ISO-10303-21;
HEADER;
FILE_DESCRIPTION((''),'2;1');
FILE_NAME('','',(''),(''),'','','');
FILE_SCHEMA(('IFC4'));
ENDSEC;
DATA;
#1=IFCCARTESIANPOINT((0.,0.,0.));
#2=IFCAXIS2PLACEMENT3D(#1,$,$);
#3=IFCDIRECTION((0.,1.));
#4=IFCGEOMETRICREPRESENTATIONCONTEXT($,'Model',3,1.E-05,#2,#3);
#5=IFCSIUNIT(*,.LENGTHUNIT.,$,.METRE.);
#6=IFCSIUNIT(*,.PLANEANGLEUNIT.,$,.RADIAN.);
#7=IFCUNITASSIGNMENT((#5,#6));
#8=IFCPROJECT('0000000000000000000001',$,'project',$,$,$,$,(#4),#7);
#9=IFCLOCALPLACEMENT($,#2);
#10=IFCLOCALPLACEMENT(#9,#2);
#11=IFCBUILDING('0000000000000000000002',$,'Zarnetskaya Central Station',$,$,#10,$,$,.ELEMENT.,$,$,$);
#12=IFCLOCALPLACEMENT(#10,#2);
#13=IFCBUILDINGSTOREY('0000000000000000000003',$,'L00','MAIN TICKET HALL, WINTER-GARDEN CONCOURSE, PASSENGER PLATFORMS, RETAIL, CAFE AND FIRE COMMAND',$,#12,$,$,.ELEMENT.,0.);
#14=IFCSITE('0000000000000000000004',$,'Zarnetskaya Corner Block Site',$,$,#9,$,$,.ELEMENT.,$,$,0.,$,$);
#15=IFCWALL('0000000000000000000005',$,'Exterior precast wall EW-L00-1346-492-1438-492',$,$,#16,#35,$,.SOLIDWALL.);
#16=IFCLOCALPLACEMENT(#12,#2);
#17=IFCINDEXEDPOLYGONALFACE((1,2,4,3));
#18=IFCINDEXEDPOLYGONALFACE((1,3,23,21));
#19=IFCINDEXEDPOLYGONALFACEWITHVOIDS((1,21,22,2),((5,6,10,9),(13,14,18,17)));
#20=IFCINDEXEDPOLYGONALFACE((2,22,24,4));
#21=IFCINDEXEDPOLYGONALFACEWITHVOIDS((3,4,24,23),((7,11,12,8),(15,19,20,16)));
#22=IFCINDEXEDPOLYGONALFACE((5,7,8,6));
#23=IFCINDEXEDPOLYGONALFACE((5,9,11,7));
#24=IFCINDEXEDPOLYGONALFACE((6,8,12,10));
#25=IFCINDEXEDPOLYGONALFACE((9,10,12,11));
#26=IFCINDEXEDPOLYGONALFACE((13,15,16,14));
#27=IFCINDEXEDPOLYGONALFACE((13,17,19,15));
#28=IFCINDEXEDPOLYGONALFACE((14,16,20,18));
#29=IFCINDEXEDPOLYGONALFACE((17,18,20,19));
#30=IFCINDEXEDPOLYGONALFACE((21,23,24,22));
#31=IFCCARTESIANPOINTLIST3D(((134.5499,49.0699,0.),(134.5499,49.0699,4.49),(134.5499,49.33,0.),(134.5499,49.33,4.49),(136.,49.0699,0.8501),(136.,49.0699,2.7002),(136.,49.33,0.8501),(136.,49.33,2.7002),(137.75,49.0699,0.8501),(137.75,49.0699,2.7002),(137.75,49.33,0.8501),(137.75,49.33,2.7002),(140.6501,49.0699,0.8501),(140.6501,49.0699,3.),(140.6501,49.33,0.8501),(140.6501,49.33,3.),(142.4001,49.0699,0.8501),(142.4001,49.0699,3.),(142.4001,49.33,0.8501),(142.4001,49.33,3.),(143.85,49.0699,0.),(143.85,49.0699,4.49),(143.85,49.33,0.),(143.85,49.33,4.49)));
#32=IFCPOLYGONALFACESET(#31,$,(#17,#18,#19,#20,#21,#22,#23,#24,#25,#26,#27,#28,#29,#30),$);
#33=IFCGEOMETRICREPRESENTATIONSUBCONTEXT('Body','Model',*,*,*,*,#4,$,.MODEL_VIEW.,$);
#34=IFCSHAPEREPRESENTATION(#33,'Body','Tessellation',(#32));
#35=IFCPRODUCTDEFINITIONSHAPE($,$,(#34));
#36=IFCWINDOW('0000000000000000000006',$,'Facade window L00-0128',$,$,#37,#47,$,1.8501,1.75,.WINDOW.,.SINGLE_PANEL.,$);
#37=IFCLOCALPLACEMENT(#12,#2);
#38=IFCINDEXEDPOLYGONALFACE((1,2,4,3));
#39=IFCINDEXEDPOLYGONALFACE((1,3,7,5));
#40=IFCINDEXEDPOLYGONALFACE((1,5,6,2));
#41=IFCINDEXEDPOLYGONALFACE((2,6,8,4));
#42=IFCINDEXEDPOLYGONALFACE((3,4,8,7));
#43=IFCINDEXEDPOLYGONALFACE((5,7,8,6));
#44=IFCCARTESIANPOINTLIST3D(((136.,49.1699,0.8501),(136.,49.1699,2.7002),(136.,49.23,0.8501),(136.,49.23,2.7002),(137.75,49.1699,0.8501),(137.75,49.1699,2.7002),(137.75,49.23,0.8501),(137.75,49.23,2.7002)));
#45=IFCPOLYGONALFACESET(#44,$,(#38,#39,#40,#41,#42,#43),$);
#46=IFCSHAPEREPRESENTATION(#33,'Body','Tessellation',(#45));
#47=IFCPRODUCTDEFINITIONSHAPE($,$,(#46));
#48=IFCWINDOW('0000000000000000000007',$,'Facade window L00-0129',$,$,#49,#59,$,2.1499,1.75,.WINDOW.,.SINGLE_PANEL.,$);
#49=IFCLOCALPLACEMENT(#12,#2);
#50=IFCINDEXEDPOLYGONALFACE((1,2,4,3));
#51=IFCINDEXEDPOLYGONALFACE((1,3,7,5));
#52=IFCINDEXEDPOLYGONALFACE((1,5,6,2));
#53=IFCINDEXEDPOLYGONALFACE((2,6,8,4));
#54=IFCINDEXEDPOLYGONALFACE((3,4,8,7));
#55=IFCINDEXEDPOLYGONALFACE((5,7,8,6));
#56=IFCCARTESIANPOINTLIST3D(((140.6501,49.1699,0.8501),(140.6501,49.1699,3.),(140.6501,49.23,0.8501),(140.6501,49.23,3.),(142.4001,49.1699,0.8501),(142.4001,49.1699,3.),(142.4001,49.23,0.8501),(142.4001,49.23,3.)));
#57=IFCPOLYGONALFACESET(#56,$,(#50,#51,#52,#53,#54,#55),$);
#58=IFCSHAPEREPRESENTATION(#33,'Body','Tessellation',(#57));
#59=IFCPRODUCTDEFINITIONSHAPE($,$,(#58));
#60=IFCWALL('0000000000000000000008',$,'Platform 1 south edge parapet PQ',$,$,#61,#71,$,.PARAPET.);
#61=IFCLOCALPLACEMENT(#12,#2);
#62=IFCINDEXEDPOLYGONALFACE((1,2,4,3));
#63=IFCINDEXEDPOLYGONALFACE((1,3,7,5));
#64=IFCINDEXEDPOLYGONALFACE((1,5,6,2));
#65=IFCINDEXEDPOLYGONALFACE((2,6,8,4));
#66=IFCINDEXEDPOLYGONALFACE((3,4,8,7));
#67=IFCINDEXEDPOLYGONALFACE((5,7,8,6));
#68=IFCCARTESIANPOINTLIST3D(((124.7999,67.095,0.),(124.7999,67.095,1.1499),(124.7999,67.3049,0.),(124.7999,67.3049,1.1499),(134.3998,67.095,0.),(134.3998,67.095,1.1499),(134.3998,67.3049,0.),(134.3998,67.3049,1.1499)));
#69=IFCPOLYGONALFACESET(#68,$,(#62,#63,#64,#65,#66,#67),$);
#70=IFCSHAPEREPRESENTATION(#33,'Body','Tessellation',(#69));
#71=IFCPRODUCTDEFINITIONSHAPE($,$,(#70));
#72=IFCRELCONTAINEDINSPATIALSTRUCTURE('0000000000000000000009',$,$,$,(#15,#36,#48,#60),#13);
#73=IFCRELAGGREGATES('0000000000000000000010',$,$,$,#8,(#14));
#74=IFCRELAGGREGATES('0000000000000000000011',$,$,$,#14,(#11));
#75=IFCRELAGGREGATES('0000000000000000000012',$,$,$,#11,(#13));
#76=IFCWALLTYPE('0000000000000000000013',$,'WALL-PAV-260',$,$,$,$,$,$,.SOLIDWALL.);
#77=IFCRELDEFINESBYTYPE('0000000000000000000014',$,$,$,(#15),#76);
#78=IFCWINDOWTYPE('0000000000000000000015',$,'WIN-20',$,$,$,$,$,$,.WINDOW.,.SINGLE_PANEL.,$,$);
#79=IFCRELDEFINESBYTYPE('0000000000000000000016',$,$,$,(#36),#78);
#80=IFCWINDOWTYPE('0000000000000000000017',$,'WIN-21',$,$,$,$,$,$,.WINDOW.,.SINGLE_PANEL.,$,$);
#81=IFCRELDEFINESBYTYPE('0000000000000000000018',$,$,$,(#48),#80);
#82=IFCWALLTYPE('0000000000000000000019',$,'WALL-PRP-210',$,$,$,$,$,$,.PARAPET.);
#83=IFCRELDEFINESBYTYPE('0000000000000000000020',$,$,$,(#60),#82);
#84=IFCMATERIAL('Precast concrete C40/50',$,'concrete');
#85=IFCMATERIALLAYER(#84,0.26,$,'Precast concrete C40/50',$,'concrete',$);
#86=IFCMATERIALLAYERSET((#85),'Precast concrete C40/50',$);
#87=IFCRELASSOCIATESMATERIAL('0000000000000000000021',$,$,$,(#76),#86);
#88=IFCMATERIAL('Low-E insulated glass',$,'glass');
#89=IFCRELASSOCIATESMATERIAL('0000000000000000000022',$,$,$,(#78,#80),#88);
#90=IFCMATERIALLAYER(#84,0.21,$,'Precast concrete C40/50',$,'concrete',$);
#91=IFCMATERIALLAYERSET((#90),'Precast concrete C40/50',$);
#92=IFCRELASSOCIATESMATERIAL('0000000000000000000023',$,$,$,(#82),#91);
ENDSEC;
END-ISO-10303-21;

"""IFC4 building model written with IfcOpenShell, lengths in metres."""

from ifc_helpers import new_model, si_unit, direction, frame, frame_2d, origin, place, context, subcontext, project, spatial, rectangle, extrude, material, layer, layer_set, type_object, element, fill, save


model = new_model("IFC4")

# Units and contexts
model_context = context("Model", 3, precision=1e-05, world=origin(), true_north=direction((0.0, 1.0)))
body_context = subcontext(model_context, "Body", "Model", "MODEL_VIEW")
ifc_project = project(units=[si_unit("LENGTHUNIT", "METRE"), si_unit("PLANEANGLEUNIT", "RADIAN")], contexts=[model_context])

# Site, building, storey
site_placement = place(None, origin())
site = spatial("IfcSite", under=ifc_project, at=site_placement, Name="Zarnetskaya Corner Block Site", CompositionType="ELEMENT", RefElevation=0.0)
building_placement = place(site_placement, origin())
building = spatial("IfcBuilding", under=site, at=building_placement, Name="Zarnetskaya Central Station", CompositionType="ELEMENT")
storey_placement = place(building_placement, origin())
storey = spatial("IfcBuildingStorey", under=building, at=storey_placement, Name="L00", Description="MAIN TICKET HALL, WINTER-GARDEN CONCOURSE, PASSENGER PLATFORMS, RETAIL, CAFE AND FIRE COMMAND", CompositionType="ELEMENT", Elevation=0.0)

# Shared definitions
ifc_material_1 = material(Name="Precast concrete C40/50", Category="concrete")

# Wall, openings, windows
ifc_layer_1 = layer(ifc_material_1, 0.26, Name="Precast concrete C40/50", Category="concrete")
ifc_layer_set_1 = layer_set([ifc_layer_1], Name="Precast concrete C40/50")
wall_type_1 = type_object("IfcWallType", Name="WALL-PAV-260", PredefinedType="SOLIDWALL", material=ifc_layer_set_1)
ifc_material_2 = material(Name="Low-E insulated glass", Category="glass")
wall_1_placement = place(storey_placement, frame((134.55, 49.2, 0.0), z_axis=(0.0, 0.0, 1.0), x_axis=(1.0, 0.0, 0.0)))
wall_1 = element("IfcWall", 1, at=wall_1_placement, inside=storey, type_object=wall_type_1, Name="Exterior precast wall EW-L00-1346-492-1438-492", PredefinedType="SOLIDWALL", context=body_context, shape_type="SweptSolid", body=[
    extrude(rectangle(XDim=9.3, YDim=0.26, at=frame_2d((4.6499, 0.0))), origin(), (0.0, 0.0, 1.0), 4.49),
])
opening_1_placement = place(wall_1_placement, frame((1.45, 0.0, 0.8501)))
opening_1 = element("IfcOpeningElement", 2, at=opening_1_placement, cuts=wall_1, PredefinedType="OPENING", context=body_context, shape_type="SweptSolid", body=[
    extrude(rectangle(XDim=1.75, YDim=1.8501, at=frame_2d((0.875, 0.925))), frame((0.0, 0.1401, 0.0), z_axis=(0.0, -1.0, 0.0), x_axis=(1.0, 0.0, 0.0)), (0.0, 0.0, 1.0), 0.28),
])
opening_2_placement = place(wall_1_placement, frame((6.1001, 0.0, 0.8501)))
opening_2 = element("IfcOpeningElement", 3, at=opening_2_placement, cuts=wall_1, PredefinedType="OPENING", context=body_context, shape_type="SweptSolid", body=[
    extrude(rectangle(XDim=1.75, YDim=2.1499, at=frame_2d((0.875, 1.075))), frame((0.0, 0.1401, 0.0), z_axis=(0.0, -1.0, 0.0), x_axis=(1.0, 0.0, 0.0)), (0.0, 0.0, 1.0), 0.28),
])
window_type_1 = type_object("IfcWindowType", Name="WIN-20", PartitioningType="SINGLE_PANEL", PredefinedType="WINDOW", material=ifc_material_2)
window_1_placement = place(opening_1_placement, origin())
window_1 = element("IfcWindow", 4, at=window_1_placement, inside=storey, type_object=window_type_1, Name="Facade window L00-0128", OverallHeight=1.8501, OverallWidth=1.75, PartitioningType="SINGLE_PANEL", PredefinedType="WINDOW", context=body_context, shape_type="SweptSolid", body=[
    extrude(rectangle(XDim=1.75, YDim=1.8501, at=frame_2d((0.875, 0.925))), frame((0.0, 0.03, 0.0), z_axis=(0.0, -1.0, 0.0), x_axis=(1.0, 0.0, 0.0)), (0.0, 0.0, 1.0), 0.0601),
])
fill(opening_1, window_1)
window_type_2 = type_object("IfcWindowType", Name="WIN-21", PartitioningType="SINGLE_PANEL", PredefinedType="WINDOW", material=ifc_material_2)
window_2_placement = place(opening_2_placement, origin())
window_2 = element("IfcWindow", 5, at=window_2_placement, inside=storey, type_object=window_type_2, Name="Facade window L00-0129", OverallHeight=2.1499, OverallWidth=1.75, PartitioningType="SINGLE_PANEL", PredefinedType="WINDOW", context=body_context, shape_type="SweptSolid", body=[
    extrude(rectangle(XDim=1.75, YDim=2.1499, at=frame_2d((0.875, 1.075))), frame((0.0, 0.03, 0.0), z_axis=(0.0, -1.0, 0.0), x_axis=(1.0, 0.0, 0.0)), (0.0, 0.0, 1.0), 0.0601),
])
fill(opening_2, window_2)

# Wall
ifc_layer_2 = layer(ifc_material_1, 0.21, Name="Precast concrete C40/50", Category="concrete")
ifc_layer_set_2 = layer_set([ifc_layer_2], Name="Precast concrete C40/50")
wall_type_2 = type_object("IfcWallType", Name="WALL-PRP-210", PredefinedType="PARAPET", material=ifc_layer_set_2)
wall_2_placement = place(storey_placement, frame((124.8, 67.2, 0.0), z_axis=(0.0, 0.0, 1.0), x_axis=(1.0, 0.0, 0.0)))
element("IfcWall", 6, at=wall_2_placement, inside=storey, type_object=wall_type_2, Name="Platform 1 south edge parapet PQ", PredefinedType="PARAPET", context=body_context, shape_type="SweptSolid", body=[
    extrude(rectangle(XDim=9.5999, YDim=0.21, at=frame_2d((4.7998, 0.0))), origin(), (0.0, 0.0, 1.0), 1.1499),
])

save(model, "model.ifc")
